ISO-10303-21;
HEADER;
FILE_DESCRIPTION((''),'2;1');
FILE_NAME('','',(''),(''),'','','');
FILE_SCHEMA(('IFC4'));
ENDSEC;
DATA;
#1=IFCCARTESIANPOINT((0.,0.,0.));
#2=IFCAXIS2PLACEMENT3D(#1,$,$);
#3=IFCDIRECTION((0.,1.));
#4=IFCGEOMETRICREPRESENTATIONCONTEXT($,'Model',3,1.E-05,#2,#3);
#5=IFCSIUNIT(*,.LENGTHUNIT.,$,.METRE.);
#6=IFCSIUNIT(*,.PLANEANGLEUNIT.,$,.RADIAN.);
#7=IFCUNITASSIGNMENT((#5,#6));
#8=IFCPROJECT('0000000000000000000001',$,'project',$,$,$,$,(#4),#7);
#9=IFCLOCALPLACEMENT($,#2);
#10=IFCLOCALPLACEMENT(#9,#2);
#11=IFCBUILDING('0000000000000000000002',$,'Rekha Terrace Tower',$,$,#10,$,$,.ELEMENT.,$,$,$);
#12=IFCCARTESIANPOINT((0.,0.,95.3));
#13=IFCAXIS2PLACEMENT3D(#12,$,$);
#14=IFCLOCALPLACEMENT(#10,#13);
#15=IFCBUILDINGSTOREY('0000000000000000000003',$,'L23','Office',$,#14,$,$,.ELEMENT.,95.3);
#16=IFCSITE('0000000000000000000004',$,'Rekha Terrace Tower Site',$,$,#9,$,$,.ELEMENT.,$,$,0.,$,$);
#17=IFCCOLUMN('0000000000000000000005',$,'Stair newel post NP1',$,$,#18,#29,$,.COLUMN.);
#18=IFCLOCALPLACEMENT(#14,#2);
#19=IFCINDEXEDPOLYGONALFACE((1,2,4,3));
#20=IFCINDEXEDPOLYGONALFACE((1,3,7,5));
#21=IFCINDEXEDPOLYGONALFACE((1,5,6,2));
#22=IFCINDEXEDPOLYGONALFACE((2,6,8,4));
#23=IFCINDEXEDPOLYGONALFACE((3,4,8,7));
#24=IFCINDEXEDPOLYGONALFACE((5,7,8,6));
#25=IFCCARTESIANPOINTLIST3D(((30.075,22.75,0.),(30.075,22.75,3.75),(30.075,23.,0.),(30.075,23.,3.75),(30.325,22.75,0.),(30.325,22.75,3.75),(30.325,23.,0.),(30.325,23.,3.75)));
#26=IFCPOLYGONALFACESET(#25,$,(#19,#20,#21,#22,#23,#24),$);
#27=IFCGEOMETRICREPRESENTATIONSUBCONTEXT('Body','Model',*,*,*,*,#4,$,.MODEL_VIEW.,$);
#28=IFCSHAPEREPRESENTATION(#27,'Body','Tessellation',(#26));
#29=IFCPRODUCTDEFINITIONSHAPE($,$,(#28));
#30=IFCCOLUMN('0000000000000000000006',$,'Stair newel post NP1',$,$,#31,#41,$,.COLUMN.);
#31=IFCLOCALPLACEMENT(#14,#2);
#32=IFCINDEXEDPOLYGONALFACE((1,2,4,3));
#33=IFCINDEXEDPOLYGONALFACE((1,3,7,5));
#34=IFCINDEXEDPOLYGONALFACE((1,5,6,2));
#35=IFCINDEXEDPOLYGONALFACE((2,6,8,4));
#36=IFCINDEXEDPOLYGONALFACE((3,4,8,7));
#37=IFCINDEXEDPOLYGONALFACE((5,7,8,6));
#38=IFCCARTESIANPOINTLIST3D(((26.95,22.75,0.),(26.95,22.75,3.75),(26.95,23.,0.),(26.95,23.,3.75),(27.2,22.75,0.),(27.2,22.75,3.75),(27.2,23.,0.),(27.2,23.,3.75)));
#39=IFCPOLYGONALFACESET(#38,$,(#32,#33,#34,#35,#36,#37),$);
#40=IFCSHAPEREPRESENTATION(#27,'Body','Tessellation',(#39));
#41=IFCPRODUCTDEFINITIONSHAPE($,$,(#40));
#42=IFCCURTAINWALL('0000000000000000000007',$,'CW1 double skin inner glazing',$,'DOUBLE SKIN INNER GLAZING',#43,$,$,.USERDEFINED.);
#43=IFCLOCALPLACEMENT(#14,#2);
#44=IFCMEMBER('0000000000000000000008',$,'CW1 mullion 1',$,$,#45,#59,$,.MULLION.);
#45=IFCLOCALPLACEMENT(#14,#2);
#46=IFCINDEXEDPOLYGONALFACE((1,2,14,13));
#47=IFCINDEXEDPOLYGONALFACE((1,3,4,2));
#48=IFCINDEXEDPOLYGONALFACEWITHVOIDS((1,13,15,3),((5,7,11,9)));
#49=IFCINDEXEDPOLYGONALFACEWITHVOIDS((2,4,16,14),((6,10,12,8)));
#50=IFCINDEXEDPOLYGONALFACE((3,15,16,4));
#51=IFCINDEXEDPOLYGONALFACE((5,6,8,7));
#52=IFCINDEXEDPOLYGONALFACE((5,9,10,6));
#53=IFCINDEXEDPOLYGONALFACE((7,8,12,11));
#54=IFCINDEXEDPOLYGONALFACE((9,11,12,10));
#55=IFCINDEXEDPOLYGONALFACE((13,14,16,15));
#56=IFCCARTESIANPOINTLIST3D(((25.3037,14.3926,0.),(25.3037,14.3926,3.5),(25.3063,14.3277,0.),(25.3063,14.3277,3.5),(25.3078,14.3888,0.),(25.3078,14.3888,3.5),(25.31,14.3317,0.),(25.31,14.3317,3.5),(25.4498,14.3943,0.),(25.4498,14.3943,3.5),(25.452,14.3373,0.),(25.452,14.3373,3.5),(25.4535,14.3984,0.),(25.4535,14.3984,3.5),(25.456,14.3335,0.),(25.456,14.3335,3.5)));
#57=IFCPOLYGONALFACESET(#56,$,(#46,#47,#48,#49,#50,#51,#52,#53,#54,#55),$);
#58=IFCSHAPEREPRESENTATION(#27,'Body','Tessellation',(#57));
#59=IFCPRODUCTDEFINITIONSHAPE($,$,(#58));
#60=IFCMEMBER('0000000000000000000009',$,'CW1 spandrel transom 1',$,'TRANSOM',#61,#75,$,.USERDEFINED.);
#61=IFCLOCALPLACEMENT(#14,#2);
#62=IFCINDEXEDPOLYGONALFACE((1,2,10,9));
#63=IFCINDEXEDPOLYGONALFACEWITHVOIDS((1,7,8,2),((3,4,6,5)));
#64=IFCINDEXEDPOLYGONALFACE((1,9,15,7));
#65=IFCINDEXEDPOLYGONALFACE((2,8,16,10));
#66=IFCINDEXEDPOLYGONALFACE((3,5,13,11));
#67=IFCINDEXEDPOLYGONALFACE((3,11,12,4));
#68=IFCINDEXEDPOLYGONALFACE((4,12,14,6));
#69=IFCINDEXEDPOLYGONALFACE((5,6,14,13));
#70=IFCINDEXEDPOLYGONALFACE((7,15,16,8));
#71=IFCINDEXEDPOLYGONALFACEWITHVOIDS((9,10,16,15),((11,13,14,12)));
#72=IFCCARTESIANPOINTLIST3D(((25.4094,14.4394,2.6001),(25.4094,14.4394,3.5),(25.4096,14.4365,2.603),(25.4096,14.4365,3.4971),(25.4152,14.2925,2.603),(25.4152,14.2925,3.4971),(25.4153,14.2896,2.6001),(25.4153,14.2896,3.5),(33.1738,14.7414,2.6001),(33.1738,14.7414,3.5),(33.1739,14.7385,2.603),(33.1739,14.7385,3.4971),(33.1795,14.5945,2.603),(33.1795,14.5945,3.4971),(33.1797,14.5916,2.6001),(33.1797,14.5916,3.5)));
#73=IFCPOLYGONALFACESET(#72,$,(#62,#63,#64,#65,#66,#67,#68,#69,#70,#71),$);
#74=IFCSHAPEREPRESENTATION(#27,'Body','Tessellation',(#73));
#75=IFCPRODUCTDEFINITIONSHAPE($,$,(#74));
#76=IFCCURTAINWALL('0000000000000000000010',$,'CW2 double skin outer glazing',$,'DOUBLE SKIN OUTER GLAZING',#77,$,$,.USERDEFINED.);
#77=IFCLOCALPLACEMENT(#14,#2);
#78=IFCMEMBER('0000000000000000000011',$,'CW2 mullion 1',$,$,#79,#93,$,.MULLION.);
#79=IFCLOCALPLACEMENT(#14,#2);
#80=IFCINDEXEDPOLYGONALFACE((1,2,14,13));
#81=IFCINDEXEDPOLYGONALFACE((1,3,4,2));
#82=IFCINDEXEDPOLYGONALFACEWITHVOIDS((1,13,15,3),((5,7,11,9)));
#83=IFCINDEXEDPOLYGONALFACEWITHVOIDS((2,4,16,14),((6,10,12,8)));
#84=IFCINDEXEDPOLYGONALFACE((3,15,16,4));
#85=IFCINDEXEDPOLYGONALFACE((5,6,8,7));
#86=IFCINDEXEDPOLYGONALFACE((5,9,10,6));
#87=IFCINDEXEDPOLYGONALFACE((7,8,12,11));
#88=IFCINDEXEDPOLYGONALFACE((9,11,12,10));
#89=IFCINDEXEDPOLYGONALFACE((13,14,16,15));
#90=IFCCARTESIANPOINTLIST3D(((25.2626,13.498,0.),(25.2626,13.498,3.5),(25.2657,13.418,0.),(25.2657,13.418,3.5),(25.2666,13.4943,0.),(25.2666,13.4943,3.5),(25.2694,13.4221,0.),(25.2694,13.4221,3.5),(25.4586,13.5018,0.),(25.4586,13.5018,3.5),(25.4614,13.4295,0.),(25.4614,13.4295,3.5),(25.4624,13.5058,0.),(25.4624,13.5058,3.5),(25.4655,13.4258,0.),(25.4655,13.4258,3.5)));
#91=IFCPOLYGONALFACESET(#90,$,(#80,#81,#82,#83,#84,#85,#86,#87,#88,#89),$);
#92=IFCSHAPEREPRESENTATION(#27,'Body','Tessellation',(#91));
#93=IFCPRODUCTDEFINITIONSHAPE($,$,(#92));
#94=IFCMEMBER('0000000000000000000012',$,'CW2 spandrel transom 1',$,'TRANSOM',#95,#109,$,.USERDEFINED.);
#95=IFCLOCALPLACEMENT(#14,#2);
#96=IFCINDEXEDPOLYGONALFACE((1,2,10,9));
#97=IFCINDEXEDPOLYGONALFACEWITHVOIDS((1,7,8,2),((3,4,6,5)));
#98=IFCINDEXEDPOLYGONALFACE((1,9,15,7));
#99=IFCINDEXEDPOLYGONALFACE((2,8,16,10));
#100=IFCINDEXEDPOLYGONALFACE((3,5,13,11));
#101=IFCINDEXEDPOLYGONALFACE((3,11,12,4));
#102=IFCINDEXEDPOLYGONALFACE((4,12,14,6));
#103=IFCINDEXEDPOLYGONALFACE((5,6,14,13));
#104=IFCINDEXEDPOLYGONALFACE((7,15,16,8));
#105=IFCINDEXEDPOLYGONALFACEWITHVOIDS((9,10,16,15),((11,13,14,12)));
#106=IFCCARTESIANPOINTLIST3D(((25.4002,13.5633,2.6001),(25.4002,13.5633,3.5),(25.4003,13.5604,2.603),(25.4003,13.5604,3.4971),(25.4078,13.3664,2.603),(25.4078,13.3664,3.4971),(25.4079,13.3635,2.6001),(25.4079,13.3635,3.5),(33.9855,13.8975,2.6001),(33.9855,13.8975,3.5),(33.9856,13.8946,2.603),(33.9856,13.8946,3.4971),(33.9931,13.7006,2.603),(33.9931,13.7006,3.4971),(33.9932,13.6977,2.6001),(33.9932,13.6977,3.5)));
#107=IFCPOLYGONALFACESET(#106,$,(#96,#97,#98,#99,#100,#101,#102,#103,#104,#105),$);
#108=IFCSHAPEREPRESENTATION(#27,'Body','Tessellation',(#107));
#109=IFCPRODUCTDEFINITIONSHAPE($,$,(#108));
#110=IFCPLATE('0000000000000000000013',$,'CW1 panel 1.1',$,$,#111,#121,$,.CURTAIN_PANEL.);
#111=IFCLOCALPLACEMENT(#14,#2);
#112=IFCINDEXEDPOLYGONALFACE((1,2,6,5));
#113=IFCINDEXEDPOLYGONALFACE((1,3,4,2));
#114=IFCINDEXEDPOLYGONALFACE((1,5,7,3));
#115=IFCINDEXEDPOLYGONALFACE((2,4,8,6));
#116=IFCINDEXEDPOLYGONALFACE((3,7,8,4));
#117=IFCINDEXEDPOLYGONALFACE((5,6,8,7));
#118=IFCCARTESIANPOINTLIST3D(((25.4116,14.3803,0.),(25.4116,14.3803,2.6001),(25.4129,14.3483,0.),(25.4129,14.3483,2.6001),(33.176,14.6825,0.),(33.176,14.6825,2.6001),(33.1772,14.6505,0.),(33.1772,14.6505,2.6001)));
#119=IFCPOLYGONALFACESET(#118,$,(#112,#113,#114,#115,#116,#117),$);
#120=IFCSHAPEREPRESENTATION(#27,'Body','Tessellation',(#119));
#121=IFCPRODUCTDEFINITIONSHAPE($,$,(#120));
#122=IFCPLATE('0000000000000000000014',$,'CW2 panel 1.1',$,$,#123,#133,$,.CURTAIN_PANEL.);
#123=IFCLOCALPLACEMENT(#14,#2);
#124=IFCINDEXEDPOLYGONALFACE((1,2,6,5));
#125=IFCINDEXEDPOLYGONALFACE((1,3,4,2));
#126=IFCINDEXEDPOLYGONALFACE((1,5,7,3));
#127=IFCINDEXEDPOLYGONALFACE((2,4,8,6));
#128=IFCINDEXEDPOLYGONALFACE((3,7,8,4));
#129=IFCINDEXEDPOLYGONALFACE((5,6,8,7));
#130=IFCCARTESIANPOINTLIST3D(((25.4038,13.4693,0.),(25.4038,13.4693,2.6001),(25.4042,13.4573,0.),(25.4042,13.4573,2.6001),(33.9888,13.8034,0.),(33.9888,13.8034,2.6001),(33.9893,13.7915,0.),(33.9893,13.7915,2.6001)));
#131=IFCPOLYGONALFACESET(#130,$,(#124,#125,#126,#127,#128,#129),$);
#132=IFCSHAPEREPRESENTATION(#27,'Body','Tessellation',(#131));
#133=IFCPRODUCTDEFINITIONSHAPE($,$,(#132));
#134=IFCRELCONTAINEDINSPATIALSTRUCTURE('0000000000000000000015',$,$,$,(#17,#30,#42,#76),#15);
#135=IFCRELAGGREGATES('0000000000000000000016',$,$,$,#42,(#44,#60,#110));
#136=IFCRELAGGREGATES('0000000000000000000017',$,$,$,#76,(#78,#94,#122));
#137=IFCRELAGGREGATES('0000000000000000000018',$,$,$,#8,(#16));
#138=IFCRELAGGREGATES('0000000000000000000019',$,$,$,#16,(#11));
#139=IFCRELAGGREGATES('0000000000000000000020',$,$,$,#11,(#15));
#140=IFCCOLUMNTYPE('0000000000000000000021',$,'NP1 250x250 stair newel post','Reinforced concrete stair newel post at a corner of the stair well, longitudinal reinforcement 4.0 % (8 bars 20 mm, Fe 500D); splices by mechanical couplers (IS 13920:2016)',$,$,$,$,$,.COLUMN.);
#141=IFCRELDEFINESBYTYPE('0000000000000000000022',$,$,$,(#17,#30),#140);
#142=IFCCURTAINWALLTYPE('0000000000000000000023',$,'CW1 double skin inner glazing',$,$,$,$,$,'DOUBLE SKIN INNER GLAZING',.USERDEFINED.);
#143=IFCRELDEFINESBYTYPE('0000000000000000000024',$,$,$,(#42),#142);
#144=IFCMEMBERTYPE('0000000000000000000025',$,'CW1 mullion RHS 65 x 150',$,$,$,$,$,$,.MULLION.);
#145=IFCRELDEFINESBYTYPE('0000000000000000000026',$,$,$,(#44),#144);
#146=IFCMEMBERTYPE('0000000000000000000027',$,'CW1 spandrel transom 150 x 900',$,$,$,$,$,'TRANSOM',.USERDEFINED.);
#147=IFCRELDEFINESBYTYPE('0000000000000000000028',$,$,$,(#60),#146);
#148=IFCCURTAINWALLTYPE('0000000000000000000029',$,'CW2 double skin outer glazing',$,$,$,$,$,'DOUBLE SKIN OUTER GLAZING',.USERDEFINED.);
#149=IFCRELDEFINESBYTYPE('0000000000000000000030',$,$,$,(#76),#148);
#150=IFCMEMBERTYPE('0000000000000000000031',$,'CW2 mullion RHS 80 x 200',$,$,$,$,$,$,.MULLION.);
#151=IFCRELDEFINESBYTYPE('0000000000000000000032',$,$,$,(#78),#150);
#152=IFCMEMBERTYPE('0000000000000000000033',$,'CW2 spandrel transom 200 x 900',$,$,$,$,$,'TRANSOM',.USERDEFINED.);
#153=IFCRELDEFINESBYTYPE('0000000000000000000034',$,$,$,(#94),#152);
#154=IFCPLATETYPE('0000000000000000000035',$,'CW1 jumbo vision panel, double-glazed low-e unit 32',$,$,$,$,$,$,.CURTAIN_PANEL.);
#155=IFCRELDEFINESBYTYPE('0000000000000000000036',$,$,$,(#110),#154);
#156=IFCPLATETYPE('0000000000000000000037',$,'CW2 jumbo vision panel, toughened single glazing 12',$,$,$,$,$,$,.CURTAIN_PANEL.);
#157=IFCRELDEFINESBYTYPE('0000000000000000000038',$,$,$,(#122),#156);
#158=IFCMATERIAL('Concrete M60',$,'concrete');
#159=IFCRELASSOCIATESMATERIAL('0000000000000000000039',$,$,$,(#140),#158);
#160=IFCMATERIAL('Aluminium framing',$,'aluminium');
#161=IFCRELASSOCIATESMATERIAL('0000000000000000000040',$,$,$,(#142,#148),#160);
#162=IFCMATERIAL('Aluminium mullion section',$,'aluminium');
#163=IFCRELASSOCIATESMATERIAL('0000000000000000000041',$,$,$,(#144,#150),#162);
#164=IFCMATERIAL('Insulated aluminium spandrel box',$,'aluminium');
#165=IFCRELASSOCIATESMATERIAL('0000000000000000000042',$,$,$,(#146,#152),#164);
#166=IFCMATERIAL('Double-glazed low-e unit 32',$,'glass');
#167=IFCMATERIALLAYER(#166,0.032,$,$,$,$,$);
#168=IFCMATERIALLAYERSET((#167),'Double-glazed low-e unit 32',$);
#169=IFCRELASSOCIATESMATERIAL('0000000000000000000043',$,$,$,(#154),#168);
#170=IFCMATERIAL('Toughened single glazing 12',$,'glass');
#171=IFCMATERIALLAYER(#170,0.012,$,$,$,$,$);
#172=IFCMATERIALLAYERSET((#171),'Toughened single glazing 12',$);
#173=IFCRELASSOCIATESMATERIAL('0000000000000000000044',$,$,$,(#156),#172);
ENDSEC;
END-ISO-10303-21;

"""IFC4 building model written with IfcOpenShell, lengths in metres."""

from ifc_helpers import new_model, si_unit, direction, frame, origin, origin_2d, place, context, subcontext, project, spatial, rectangle, hollow_rectangle, extrude, material, layer, layer_set, material_profile, profile_set, type_object, element, aggregate, save


model = new_model("IFC4")

# Units and contexts
model_context = context("Model", 3, precision=1e-05, world=origin(), true_north=direction((0.0, 1.0)))
body_context = subcontext(model_context, "Body", "Model", "MODEL_VIEW")
ifc_project = project(units=[si_unit("LENGTHUNIT", "METRE"), si_unit("PLANEANGLEUNIT", "RADIAN")], contexts=[model_context])

# Site, building, storey
site_placement = place(None, origin())
site = spatial("IfcSite", under=ifc_project, at=site_placement, Name="Rekha Terrace Tower Site", CompositionType="ELEMENT", RefElevation=0.0)
building_placement = place(site_placement, origin())
building = spatial("IfcBuilding", under=site, at=building_placement, Name="Rekha Terrace Tower", CompositionType="ELEMENT")
storey_placement = place(building_placement, frame((0.0, 0.0, 95.3)))
storey = spatial("IfcBuildingStorey", under=building, at=storey_placement, Name="L23", Description="Office", CompositionType="ELEMENT", Elevation=95.3)

# Columns
ifc_material_1 = material(Name="Concrete M60", Category="concrete")
ifc_material_profile_1 = material_profile(ifc_material_1, rectangle(XDim=0.25, YDim=0.25, at=origin_2d()), Name="RC 250x250")
ifc_profile_set_1 = profile_set([ifc_material_profile_1], Name="Concrete M60")
column_type = type_object("IfcColumnType", Name="NP1 250x250 stair newel post", Description="Reinforced concrete stair newel post at a corner of the stair well, longitudinal reinforcement 4.0 % (8 bars 20 mm, Fe 500D); splices by mechanical couplers (IS 13920:2016)", PredefinedType="COLUMN", material=ifc_profile_set_1)
for number, where, z_axis, x_axis, name in (
    (1, (30.2, 22.875, 0.0), (0.0, 0.0, 1.0), (1.0, 0.0, 0.0), "Stair newel post NP1"),
    (2, (27.075, 22.875, 0.0), (0.0, 0.0, 1.0), (1.0, 0.0, 0.0), "Stair newel post NP1"),
):
    element("IfcColumn", number, at=place(storey_placement, frame(where, z_axis=z_axis, x_axis=x_axis)), inside=storey, type_object=column_type, Name=name, PredefinedType="COLUMN", context=body_context, shape_type="SweptSolid", body=[
        extrude(rectangle(XDim=0.25, YDim=0.25, at=origin_2d()), origin(), (0.0, 0.0, 1.0), 3.75),
    ])

# Curtain walls, members
ifc_material_2 = material(Name="Aluminium framing", Category="aluminium")
curtain_wall_type_1 = type_object("IfcCurtainWallType", Name="CW1 double skin inner glazing", ElementType="DOUBLE SKIN INNER GLAZING", PredefinedType="USERDEFINED", material=ifc_material_2)
curtain_wall_1_placement = place(storey_placement, origin())
curtain_wall_1 = element("IfcCurtainWall", 3, at=curtain_wall_1_placement, inside=storey, type_object=curtain_wall_type_1, Name="CW1 double skin inner glazing", ObjectType="DOUBLE SKIN INNER GLAZING", PredefinedType="USERDEFINED")
ifc_material_3 = material(Name="Aluminium mullion section", Category="aluminium")
ifc_material_profile_2 = material_profile(ifc_material_3, hollow_rectangle(XDim=0.0649, YDim=0.1499, WallThickness=0.0039, at=origin_2d()), Name="AL RHS 65x150")
ifc_profile_set_2 = profile_set([ifc_material_profile_2], Name="Aluminium mullion section")
member_type_1 = type_object("IfcMemberType", Name="CW1 mullion RHS 65 x 150", PredefinedType="MULLION", material=ifc_profile_set_2)
member_1_placement = place(storey_placement, frame((25.3799, 14.363, 0.0), z_axis=(0.0, 0.0, 1.0), x_axis=(-0.03889, 0.999243, 0.0)))
member_1 = element("IfcMember", 4, at=member_1_placement, type_object=member_type_1, Name="CW1 mullion 1", PredefinedType="MULLION", context=body_context, shape_type="SweptSolid", body=[
    extrude(hollow_rectangle(XDim=0.0649, YDim=0.1499, WallThickness=0.0039, at=origin_2d()), origin(), (0.0, 0.0, 1.0), 3.5),
])
ifc_material_4 = material(Name="Insulated aluminium spandrel box", Category="aluminium")
ifc_material_profile_3 = material_profile(ifc_material_4, hollow_rectangle(XDim=0.1499, YDim=0.8999, WallThickness=0.0029, at=origin_2d()), Name="AL SPANDREL BOX 150x900")
ifc_profile_set_3 = profile_set([ifc_material_profile_3], Name="Insulated aluminium spandrel box")
member_type_2 = type_object("IfcMemberType", Name="CW1 spandrel transom 150 x 900", ElementType="TRANSOM", PredefinedType="USERDEFINED", material=ifc_profile_set_3)
member_2_placement = place(storey_placement, frame((25.4124, 14.3645, 3.05), z_axis=(0.999244, 0.038866, 0.0), x_axis=(-0.038866, 0.999244, 0.0)))
member_2 = element("IfcMember", 5, at=member_2_placement, type_object=member_type_2, Name="CW1 spandrel transom 1", ObjectType="TRANSOM", PredefinedType="USERDEFINED", context=body_context, shape_type="SweptSolid", body=[
    extrude(hollow_rectangle(XDim=0.1499, YDim=0.8999, WallThickness=0.0029, at=origin_2d()), origin(), (0.0, 0.0, 1.0), 7.7703),
])
curtain_wall_type_2 = type_object("IfcCurtainWallType", Name="CW2 double skin outer glazing", ElementType="DOUBLE SKIN OUTER GLAZING", PredefinedType="USERDEFINED", material=ifc_material_2)
curtain_wall_2_placement = place(storey_placement, origin())
curtain_wall_2 = element("IfcCurtainWall", 6, at=curtain_wall_2_placement, inside=storey, type_object=curtain_wall_type_2, Name="CW2 double skin outer glazing", ObjectType="DOUBLE SKIN OUTER GLAZING", PredefinedType="USERDEFINED")
ifc_material_profile_4 = material_profile(ifc_material_3, hollow_rectangle(XDim=0.0801, YDim=0.2, WallThickness=0.0039, at=origin_2d()), Name="AL RHS 80x200")
ifc_profile_set_4 = profile_set([ifc_material_profile_4], Name="Aluminium mullion section")
member_type_3 = type_object("IfcMemberType", Name="CW2 mullion RHS 80 x 200", PredefinedType="MULLION", material=ifc_profile_set_4)
member_3_placement = place(storey_placement, frame((25.364, 13.4619, 0.0), z_axis=(0.0, 0.0, 1.0), x_axis=(-0.03889, 0.999243, 0.0)))
member_3 = element("IfcMember", 7, at=member_3_placement, type_object=member_type_3, Name="CW2 mullion 1", PredefinedType="MULLION", context=body_context, shape_type="SweptSolid", body=[
    extrude(hollow_rectangle(XDim=0.0801, YDim=0.2, WallThickness=0.0039, at=origin_2d()), origin(), (0.0, 0.0, 1.0), 3.5),
])
ifc_material_profile_5 = material_profile(ifc_material_4, hollow_rectangle(XDim=0.2, YDim=0.8999, WallThickness=0.0029, at=origin_2d()), Name="AL SPANDREL BOX 200x900")
ifc_profile_set_5 = profile_set([ifc_material_profile_5], Name="Insulated aluminium spandrel box")
member_type_4 = type_object("IfcMemberType", Name="CW2 spandrel transom 200 x 900", ElementType="TRANSOM", PredefinedType="USERDEFINED", material=ifc_profile_set_5)
member_4_placement = place(storey_placement, frame((25.4041, 13.4634, 3.05), z_axis=(0.999243, 0.038901, 0.0), x_axis=(-0.038901, 0.999243, 0.0)))
member_4 = element("IfcMember", 8, at=member_4_placement, type_object=member_type_4, Name="CW2 spandrel transom 1", ObjectType="TRANSOM", PredefinedType="USERDEFINED", context=body_context, shape_type="SweptSolid", body=[
    extrude(hollow_rectangle(XDim=0.2, YDim=0.8999, WallThickness=0.0029, at=origin_2d()), origin(), (0.0, 0.0, 1.0), 8.5918),
])

# Plates
ifc_material_5 = material(Name="Double-glazed low-e unit 32", Category="glass")
ifc_layer_1 = layer(ifc_material_5, 0.032)
ifc_layer_set_1 = layer_set([ifc_layer_1], Name="Double-glazed low-e unit 32")
plate_type_1 = type_object("IfcPlateType", Name="CW1 jumbo vision panel, double-glazed low-e unit 32", PredefinedType="CURTAIN_PANEL", material=ifc_layer_set_1)
plate_1_placement = place(storey_placement, frame((29.2944, 14.5154, 0.0), z_axis=(0.0, 0.0, 1.0), x_axis=(0.999243, 0.03889, 0.0)))
plate_1 = element("IfcPlate", 9, at=plate_1_placement, type_object=plate_type_1, Name="CW1 panel 1.1", PredefinedType="CURTAIN_PANEL", context=body_context, shape_type="SweptSolid", body=[
    extrude(rectangle(XDim=7.7703, YDim=0.032, at=origin_2d()), origin(), (0.0, 0.0, 1.0), 2.6001),
])
aggregate(curtain_wall_1, [member_1, member_2, plate_1])
ifc_material_6 = material(Name="Toughened single glazing 12", Category="glass")
ifc_layer_2 = layer(ifc_material_6, 0.012)
ifc_layer_set_2 = layer_set([ifc_layer_2], Name="Toughened single glazing 12")
plate_type_2 = type_object("IfcPlateType", Name="CW2 jumbo vision panel, toughened single glazing 12", PredefinedType="CURTAIN_PANEL", material=ifc_layer_set_2)
plate_2_placement = place(storey_placement, frame((29.6965, 13.6304, 0.0), z_axis=(0.0, 0.0, 1.0), x_axis=(0.999243, 0.03889, 0.0)))
plate_2 = element("IfcPlate", 10, at=plate_2_placement, type_object=plate_type_2, Name="CW2 panel 1.1", PredefinedType="CURTAIN_PANEL", context=body_context, shape_type="SweptSolid", body=[
    extrude(rectangle(XDim=8.5916, YDim=0.012, at=origin_2d()), origin(), (0.0, 0.0, 1.0), 2.6001),
])
aggregate(curtain_wall_2, [member_3, member_4, plate_2])

save(model, "model.ifc")
